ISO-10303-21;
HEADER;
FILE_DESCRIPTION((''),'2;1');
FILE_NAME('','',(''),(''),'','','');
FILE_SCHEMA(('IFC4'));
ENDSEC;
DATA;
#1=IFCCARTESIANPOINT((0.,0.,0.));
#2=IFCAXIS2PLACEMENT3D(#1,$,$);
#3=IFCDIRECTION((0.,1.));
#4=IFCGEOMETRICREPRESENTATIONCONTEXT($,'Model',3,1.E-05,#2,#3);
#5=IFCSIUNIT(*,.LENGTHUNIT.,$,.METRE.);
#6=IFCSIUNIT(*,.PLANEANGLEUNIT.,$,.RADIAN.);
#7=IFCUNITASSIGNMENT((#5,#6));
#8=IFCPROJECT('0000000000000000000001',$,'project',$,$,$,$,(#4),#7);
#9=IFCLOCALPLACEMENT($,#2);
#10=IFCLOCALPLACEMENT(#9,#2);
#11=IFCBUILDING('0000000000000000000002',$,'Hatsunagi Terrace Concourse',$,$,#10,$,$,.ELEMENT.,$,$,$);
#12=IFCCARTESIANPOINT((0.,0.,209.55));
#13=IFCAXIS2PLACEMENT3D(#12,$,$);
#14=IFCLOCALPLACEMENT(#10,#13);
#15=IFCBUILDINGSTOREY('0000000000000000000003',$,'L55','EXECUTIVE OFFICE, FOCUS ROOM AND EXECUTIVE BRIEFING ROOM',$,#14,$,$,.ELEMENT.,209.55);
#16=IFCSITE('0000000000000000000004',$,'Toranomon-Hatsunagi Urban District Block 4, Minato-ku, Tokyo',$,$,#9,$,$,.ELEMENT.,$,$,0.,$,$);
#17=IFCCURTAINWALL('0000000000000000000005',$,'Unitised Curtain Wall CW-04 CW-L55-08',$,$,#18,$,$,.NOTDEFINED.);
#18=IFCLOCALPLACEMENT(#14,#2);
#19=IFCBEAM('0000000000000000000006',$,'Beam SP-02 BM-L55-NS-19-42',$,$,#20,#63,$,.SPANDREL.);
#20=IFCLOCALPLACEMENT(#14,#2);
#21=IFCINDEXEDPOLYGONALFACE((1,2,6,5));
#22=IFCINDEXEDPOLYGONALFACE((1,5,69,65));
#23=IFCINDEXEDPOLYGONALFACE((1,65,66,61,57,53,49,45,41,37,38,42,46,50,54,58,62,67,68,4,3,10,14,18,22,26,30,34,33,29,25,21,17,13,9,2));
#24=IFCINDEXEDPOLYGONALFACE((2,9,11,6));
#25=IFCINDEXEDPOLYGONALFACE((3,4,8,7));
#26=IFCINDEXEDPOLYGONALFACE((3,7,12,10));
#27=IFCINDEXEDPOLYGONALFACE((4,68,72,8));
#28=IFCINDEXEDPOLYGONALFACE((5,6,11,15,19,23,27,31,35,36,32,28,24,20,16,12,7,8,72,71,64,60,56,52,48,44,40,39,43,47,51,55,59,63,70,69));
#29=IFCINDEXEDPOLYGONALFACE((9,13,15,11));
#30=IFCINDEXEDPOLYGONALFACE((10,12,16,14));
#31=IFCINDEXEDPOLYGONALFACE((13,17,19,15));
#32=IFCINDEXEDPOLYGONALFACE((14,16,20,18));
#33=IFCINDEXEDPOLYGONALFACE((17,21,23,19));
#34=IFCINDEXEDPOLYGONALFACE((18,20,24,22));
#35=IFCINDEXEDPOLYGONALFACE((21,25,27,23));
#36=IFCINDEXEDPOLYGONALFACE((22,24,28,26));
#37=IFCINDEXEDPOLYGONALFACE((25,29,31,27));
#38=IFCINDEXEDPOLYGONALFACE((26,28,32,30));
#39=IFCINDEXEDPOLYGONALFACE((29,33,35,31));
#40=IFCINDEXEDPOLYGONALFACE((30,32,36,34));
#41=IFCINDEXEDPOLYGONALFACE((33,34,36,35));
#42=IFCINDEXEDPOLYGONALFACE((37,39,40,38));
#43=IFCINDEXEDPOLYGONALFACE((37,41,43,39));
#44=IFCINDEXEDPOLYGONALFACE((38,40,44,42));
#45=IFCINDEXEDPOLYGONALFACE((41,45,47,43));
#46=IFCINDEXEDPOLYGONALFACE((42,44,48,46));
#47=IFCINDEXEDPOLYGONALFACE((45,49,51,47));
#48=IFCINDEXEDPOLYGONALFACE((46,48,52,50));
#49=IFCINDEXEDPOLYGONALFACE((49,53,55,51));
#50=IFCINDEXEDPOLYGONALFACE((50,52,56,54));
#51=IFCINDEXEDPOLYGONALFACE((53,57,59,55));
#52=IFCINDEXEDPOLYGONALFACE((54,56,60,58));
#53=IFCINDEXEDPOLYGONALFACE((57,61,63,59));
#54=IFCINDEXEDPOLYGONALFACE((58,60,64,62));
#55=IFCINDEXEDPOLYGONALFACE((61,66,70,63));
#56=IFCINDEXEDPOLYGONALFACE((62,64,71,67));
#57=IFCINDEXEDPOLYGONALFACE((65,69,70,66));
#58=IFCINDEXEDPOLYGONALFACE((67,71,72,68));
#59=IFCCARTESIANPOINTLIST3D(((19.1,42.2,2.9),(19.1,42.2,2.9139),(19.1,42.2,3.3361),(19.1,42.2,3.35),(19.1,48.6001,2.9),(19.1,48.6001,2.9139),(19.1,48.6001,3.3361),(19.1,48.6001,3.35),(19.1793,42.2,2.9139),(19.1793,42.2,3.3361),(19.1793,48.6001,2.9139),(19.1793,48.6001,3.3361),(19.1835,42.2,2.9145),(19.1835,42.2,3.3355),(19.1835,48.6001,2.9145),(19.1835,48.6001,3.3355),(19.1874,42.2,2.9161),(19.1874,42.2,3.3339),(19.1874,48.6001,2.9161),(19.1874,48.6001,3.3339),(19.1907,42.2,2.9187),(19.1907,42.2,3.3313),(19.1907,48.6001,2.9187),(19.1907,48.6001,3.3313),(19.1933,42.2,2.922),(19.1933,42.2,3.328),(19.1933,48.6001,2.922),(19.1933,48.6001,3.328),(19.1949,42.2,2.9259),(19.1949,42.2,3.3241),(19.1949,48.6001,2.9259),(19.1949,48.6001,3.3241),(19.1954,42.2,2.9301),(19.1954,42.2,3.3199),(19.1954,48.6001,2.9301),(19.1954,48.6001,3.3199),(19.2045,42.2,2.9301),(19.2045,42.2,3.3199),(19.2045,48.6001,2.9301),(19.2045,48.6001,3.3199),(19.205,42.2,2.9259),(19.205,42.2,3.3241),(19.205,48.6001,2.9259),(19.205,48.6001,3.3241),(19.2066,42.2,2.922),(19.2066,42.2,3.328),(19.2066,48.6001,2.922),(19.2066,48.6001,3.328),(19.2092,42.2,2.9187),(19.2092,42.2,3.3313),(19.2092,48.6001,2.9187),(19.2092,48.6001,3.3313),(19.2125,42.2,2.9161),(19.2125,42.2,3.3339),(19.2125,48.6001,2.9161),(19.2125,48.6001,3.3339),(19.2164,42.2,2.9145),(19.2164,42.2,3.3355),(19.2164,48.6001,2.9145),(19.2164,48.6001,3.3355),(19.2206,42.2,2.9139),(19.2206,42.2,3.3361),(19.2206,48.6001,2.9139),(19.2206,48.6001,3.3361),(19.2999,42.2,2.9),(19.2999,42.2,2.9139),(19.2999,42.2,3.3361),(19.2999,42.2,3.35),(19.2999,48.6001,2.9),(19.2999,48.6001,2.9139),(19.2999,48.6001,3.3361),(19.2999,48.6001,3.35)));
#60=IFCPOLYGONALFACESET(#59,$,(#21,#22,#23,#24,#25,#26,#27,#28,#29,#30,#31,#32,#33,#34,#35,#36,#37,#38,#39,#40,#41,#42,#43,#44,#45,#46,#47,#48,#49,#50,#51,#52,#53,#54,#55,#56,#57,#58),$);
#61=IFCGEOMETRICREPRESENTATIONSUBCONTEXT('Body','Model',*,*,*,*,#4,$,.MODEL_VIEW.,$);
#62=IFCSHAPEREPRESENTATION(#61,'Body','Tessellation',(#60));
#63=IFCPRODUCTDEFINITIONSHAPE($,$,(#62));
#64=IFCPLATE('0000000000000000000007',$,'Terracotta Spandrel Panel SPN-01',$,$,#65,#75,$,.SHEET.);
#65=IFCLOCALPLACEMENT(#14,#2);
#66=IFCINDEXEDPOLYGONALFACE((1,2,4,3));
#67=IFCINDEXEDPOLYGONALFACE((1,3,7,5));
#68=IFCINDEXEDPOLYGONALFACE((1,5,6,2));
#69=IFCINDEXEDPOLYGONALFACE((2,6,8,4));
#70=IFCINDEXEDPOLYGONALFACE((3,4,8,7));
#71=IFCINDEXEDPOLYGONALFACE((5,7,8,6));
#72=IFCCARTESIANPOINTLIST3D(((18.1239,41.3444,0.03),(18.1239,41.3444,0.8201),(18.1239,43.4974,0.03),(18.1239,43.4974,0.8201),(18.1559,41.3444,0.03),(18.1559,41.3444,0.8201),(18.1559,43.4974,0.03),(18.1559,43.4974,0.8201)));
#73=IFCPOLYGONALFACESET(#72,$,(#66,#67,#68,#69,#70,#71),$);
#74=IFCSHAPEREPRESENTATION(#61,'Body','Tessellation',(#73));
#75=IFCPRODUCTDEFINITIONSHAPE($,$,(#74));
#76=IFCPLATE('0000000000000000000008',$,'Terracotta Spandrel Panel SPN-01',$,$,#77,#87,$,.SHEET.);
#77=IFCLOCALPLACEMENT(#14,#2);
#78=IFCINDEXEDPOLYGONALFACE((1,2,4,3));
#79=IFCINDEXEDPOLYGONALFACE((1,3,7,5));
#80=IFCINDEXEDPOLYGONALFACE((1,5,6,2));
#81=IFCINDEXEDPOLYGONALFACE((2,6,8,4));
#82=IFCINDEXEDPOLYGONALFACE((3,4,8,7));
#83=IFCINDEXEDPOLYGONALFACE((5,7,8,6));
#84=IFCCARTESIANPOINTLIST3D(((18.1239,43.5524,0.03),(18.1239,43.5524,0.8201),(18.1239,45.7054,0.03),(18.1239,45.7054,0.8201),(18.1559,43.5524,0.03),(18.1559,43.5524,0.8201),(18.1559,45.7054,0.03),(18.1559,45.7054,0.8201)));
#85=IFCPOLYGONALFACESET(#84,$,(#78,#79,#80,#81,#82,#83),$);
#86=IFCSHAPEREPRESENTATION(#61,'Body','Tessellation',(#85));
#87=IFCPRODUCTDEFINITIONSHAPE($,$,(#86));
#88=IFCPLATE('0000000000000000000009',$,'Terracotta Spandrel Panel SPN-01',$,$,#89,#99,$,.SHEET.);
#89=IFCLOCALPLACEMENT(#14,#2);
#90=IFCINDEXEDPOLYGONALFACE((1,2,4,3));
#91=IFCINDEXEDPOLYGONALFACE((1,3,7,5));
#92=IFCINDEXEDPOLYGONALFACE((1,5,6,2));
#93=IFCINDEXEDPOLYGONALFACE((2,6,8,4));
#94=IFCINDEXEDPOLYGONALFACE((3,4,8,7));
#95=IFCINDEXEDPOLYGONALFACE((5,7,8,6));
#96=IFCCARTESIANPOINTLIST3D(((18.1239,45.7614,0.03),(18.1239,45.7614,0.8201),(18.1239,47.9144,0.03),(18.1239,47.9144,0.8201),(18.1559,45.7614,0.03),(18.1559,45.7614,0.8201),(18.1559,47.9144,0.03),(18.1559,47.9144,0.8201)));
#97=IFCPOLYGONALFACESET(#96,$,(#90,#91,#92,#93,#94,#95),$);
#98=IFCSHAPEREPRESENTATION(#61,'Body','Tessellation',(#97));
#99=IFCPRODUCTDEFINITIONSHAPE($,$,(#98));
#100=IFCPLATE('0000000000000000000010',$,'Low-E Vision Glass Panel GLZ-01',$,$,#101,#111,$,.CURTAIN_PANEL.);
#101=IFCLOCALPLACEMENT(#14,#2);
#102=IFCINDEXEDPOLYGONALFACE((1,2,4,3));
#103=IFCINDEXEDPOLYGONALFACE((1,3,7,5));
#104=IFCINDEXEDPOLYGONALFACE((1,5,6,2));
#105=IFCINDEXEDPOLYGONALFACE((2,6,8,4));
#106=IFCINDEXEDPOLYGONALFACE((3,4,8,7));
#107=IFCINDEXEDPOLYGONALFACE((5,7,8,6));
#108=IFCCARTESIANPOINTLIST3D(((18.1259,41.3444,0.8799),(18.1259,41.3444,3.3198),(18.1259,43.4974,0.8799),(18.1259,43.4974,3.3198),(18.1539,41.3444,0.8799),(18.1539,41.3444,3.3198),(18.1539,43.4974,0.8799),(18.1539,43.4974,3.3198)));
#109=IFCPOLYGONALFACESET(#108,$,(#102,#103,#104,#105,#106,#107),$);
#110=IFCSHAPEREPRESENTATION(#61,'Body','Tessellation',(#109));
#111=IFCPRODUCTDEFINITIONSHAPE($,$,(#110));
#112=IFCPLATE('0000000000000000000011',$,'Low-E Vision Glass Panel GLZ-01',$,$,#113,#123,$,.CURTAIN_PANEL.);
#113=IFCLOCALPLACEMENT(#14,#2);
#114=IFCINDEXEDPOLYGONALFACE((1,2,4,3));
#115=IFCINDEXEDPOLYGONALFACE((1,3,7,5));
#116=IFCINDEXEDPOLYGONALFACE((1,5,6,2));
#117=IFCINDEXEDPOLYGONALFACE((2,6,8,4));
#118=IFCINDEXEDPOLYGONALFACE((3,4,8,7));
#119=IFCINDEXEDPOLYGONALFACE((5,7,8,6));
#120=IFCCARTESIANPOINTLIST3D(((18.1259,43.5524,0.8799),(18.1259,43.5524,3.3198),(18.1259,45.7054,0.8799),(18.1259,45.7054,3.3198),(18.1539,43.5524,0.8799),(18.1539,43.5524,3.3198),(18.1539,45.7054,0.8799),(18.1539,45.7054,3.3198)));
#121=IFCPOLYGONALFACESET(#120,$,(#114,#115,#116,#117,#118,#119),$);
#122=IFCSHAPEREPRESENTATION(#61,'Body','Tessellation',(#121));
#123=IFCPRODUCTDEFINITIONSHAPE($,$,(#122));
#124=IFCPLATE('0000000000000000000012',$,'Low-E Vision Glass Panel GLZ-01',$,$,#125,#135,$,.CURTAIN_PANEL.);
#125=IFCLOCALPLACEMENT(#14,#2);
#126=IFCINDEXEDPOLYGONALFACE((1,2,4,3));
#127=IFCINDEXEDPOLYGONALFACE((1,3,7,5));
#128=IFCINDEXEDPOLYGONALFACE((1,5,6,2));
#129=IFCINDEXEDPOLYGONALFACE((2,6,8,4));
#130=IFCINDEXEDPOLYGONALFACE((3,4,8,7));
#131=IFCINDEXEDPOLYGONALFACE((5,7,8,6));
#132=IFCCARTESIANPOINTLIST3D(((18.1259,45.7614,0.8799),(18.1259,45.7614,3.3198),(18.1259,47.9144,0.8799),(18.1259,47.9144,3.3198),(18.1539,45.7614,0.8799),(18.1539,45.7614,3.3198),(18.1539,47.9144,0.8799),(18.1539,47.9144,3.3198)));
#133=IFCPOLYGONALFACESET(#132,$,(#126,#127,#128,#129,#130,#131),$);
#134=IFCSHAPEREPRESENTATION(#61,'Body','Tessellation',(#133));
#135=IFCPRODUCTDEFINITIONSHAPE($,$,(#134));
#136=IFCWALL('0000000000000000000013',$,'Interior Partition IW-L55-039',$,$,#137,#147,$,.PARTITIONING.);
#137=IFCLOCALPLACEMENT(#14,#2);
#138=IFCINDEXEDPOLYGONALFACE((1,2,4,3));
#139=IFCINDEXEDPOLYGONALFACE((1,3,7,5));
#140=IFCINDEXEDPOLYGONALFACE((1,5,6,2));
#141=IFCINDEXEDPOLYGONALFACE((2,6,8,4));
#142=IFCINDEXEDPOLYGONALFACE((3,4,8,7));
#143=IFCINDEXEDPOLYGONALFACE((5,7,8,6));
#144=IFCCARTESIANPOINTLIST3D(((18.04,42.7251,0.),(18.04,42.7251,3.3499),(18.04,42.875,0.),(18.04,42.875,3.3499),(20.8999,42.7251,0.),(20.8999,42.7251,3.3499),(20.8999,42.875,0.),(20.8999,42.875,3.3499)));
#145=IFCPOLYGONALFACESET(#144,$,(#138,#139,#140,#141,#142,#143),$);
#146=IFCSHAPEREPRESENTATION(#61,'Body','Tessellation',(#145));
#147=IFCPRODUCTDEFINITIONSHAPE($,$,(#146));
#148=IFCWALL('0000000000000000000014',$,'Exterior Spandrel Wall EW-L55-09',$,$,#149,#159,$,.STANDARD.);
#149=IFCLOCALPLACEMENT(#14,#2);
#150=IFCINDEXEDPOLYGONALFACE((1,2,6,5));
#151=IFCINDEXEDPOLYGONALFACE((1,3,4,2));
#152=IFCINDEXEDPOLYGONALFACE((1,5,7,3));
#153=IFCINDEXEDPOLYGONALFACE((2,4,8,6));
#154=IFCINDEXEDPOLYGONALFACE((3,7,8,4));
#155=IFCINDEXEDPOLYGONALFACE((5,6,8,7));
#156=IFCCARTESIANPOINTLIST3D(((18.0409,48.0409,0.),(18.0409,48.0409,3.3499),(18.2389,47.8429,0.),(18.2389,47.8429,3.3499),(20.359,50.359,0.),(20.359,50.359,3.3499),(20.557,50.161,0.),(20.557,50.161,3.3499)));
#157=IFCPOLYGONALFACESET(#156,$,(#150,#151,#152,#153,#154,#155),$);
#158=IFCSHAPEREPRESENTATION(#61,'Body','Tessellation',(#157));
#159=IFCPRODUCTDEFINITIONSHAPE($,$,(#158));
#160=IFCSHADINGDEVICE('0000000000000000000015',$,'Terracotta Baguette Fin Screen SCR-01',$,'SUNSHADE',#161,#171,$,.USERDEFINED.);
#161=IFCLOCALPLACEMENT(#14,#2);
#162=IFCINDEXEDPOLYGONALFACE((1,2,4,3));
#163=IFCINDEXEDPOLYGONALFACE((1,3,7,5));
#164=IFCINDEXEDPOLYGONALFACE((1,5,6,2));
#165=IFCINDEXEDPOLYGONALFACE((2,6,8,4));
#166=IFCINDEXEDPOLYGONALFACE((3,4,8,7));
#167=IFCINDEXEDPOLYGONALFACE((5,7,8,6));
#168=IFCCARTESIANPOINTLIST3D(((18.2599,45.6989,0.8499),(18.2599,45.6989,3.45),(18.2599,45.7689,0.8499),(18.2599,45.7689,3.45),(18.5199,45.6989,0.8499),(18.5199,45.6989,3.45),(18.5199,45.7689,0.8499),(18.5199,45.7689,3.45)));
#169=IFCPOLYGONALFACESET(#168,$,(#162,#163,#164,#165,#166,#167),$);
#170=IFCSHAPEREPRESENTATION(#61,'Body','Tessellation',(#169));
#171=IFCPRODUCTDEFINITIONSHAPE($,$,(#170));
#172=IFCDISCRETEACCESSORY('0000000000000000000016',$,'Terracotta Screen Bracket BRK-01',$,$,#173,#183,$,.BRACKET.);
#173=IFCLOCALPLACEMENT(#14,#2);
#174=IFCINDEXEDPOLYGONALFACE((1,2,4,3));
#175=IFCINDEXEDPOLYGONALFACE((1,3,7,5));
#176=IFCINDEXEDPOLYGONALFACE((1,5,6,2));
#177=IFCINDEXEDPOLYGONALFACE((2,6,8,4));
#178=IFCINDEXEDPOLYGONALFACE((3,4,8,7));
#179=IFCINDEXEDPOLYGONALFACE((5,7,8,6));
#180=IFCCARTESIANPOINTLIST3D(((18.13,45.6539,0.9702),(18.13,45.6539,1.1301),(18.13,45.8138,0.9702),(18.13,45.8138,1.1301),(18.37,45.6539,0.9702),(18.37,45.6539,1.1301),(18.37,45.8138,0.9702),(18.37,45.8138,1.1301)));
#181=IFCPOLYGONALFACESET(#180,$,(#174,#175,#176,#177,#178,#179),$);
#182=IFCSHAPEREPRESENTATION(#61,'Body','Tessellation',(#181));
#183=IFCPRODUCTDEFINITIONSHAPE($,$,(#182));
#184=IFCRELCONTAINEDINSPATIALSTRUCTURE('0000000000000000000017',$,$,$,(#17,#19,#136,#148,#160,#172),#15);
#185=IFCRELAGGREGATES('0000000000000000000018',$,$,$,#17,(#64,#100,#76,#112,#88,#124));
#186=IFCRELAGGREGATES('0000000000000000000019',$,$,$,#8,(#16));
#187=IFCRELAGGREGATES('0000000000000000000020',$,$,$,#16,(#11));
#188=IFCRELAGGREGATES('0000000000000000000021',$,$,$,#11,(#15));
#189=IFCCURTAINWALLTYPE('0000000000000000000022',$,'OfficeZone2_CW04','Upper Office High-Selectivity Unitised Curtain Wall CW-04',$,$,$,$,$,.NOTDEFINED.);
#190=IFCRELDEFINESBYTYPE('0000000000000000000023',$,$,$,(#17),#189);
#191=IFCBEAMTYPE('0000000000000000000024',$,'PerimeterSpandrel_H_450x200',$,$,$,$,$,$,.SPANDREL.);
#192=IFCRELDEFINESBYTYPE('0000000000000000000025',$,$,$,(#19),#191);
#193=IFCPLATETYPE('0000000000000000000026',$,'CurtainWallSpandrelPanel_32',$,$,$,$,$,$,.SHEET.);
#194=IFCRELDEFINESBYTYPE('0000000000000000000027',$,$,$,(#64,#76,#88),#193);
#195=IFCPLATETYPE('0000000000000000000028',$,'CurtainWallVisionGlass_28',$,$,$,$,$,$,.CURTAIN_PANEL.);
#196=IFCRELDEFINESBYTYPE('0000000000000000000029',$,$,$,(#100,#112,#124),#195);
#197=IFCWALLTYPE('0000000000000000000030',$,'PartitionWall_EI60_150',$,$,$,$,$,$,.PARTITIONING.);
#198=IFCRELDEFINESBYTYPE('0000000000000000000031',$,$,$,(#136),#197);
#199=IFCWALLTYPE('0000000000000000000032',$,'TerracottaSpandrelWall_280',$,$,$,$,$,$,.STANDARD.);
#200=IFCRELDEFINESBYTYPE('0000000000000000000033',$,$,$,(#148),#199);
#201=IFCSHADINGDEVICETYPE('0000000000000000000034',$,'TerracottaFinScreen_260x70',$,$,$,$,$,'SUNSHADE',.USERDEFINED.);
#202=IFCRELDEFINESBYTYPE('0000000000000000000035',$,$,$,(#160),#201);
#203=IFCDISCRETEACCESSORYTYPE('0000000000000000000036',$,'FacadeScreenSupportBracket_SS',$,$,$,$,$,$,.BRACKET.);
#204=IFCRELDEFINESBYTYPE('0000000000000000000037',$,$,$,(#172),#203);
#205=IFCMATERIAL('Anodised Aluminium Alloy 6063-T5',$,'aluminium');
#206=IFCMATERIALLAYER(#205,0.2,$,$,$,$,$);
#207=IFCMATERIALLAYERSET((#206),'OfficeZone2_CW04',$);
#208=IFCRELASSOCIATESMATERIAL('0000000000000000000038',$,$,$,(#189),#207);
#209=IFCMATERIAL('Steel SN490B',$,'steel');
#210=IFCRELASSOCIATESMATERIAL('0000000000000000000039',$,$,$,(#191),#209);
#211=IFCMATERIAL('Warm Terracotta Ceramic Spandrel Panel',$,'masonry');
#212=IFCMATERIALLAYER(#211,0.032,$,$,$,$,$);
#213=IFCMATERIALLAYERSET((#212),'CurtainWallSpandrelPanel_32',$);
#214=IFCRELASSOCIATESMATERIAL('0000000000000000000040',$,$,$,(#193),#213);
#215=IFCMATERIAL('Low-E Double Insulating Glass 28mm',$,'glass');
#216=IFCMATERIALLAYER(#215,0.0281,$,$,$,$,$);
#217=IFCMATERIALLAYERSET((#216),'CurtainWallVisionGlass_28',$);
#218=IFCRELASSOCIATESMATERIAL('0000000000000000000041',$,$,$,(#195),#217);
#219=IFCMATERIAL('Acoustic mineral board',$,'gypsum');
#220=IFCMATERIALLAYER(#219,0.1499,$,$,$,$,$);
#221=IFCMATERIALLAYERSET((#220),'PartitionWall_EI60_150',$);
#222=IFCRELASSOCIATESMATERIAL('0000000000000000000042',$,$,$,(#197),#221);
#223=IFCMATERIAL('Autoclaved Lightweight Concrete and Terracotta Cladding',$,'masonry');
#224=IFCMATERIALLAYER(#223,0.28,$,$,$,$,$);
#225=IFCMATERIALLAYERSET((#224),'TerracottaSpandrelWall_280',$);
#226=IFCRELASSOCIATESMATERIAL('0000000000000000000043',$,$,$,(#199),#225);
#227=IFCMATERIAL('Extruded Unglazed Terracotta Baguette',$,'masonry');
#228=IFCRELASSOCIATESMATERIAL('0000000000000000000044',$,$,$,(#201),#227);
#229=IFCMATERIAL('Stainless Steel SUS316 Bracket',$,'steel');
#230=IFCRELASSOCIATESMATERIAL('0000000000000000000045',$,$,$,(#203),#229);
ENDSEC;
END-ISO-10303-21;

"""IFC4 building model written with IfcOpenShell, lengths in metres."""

from ifc_helpers import new_model, si_unit, direction, frame, frame_2d, origin, origin_2d, place, context, subcontext, project, spatial, rectangle, i_section, extrude, material, layer, layer_set, material_profile, profile_set, type_object, element, aggregate, save


model = new_model("IFC4")

# Units and contexts
model_context = context("Model", 3, precision=1e-05, world=origin(), true_north=direction((0.0, 1.0)))
body_context = subcontext(model_context, "Body", "Model", "MODEL_VIEW")
ifc_project = project(units=[si_unit("LENGTHUNIT", "METRE"), si_unit("PLANEANGLEUNIT", "RADIAN")], contexts=[model_context])

# Site, building, storey
site_placement = place(None, origin())
site = spatial("IfcSite", under=ifc_project, at=site_placement, Name="Toranomon-Hatsunagi Urban District Block 4, Minato-ku, Tokyo", CompositionType="ELEMENT", RefElevation=0.0)
building_placement = place(site_placement, origin())
building = spatial("IfcBuilding", under=site, at=building_placement, Name="Hatsunagi Terrace Concourse", CompositionType="ELEMENT")
storey_placement = place(building_placement, frame((0.0, 0.0, 209.55)))
storey = spatial("IfcBuildingStorey", under=building, at=storey_placement, Name="L55", Description="EXECUTIVE OFFICE, FOCUS ROOM AND EXECUTIVE BRIEFING ROOM", CompositionType="ELEMENT", Elevation=209.55)

# Curtain wall
ifc_material_1 = material(Name="Anodised Aluminium Alloy 6063-T5", Category="aluminium")
ifc_layer_1 = layer(ifc_material_1, 0.2)
ifc_layer_set_1 = layer_set([ifc_layer_1], Name="OfficeZone2_CW04")
curtain_wall_type = type_object("IfcCurtainWallType", Name="OfficeZone2_CW04", Description="Upper Office High-Selectivity Unitised Curtain Wall CW-04", PredefinedType="NOTDEFINED", material=ifc_layer_set_1)
curtain_wall_placement = place(storey_placement, origin())
curtain_wall = element("IfcCurtainWall", 1, at=curtain_wall_placement, inside=storey, type_object=curtain_wall_type, Name="Unitised Curtain Wall CW-04 CW-L55-08", PredefinedType="NOTDEFINED")

# Beam
ifc_material_2 = material(Name="Steel SN490B", Category="steel")
ifc_material_profile_1 = material_profile(ifc_material_2, i_section(OverallWidth=0.2, OverallDepth=0.45, WebThickness=0.009, FlangeThickness=0.0139, FilletRadius=0.0161, at=origin_2d()), Name="H-450x200x9x14")
ifc_profile_set_1 = profile_set([ifc_material_profile_1], Name="Steel SN490B")
beam_type = type_object("IfcBeamType", Name="PerimeterSpandrel_H_450x200", PredefinedType="SPANDREL", material=ifc_profile_set_1)
beam_1_placement = place(storey_placement, frame((19.2, 42.2, 3.125), z_axis=(0.0, 1.0, 0.0), x_axis=(-1.0, 0.0, 0.0)))
element("IfcBeam", 2, at=beam_1_placement, inside=storey, type_object=beam_type, Name="Beam SP-02 BM-L55-NS-19-42", PredefinedType="SPANDREL", context=body_context, shape_type="SweptSolid", body=[
    extrude(i_section(OverallWidth=0.2, OverallDepth=0.45, WebThickness=0.009, FlangeThickness=0.0139, FilletRadius=0.0161, at=origin_2d()), origin(), (0.0, 0.0, 1.0), 6.4001),
])

# Plates
ifc_material_3 = material(Name="Warm Terracotta Ceramic Spandrel Panel", Category="masonry")
ifc_layer_2 = layer(ifc_material_3, 0.032)
ifc_layer_set_2 = layer_set([ifc_layer_2], Name="CurtainWallSpandrelPanel_32")
plate_type_1 = type_object("IfcPlateType", Name="CurtainWallSpandrelPanel_32", PredefinedType="SHEET", material=ifc_layer_set_2)
plate_1_placement = place(storey_placement, frame((18.1399, 42.4209, 0.03), z_axis=(0.0, 0.0, 1.0), x_axis=(0.0, 1.0, 0.0)))
plate_1 = element("IfcPlate", 3, at=plate_1_placement, type_object=plate_type_1, Name="Terracotta Spandrel Panel SPN-01", PredefinedType="SHEET", context=body_context, shape_type="SweptSolid", body=[
    extrude(rectangle(XDim=2.1531, YDim=0.032, at=origin_2d()), origin(), (0.0, 0.0, 1.0), 0.79),
])
plate_2_placement = place(storey_placement, frame((18.1399, 44.6289, 0.03), z_axis=(0.0, 0.0, 1.0), x_axis=(0.0, 1.0, 0.0)))
plate_2 = element("IfcPlate", 4, at=plate_2_placement, type_object=plate_type_1, Name="Terracotta Spandrel Panel SPN-01", PredefinedType="SHEET", context=body_context, shape_type="SweptSolid", body=[
    extrude(rectangle(XDim=2.1531, YDim=0.032, at=origin_2d()), origin(), (0.0, 0.0, 1.0), 0.79),
])
plate_3_placement = place(storey_placement, frame((18.1399, 46.8379, 0.03), z_axis=(0.0, 0.0, 1.0), x_axis=(0.0, 1.0, 0.0)))
plate_3 = element("IfcPlate", 5, at=plate_3_placement, type_object=plate_type_1, Name="Terracotta Spandrel Panel SPN-01", PredefinedType="SHEET", context=body_context, shape_type="SweptSolid", body=[
    extrude(rectangle(XDim=2.1531, YDim=0.032, at=origin_2d()), origin(), (0.0, 0.0, 1.0), 0.79),
])
ifc_material_4 = material(Name="Low-E Double Insulating Glass 28mm", Category="glass")
ifc_layer_3 = layer(ifc_material_4, 0.0281)
ifc_layer_set_3 = layer_set([ifc_layer_3], Name="CurtainWallVisionGlass_28")
plate_type_2 = type_object("IfcPlateType", Name="CurtainWallVisionGlass_28", PredefinedType="CURTAIN_PANEL", material=ifc_layer_set_3)
plate_4_placement = place(storey_placement, frame((18.1399, 42.4209, 0.8799), z_axis=(0.0, 0.0, 1.0), x_axis=(0.0, 1.0, 0.0)))
plate_4 = element("IfcPlate", 6, at=plate_4_placement, type_object=plate_type_2, Name="Low-E Vision Glass Panel GLZ-01", PredefinedType="CURTAIN_PANEL", context=body_context, shape_type="SweptSolid", body=[
    extrude(rectangle(XDim=2.1531, YDim=0.0281, at=origin_2d()), origin(), (0.0, 0.0, 1.0), 2.4399),
])
plate_5_placement = place(storey_placement, frame((18.1399, 44.6289, 0.8799), z_axis=(0.0, 0.0, 1.0), x_axis=(0.0, 1.0, 0.0)))
plate_5 = element("IfcPlate", 7, at=plate_5_placement, type_object=plate_type_2, Name="Low-E Vision Glass Panel GLZ-01", PredefinedType="CURTAIN_PANEL", context=body_context, shape_type="SweptSolid", body=[
    extrude(rectangle(XDim=2.1531, YDim=0.0281, at=origin_2d()), origin(), (0.0, 0.0, 1.0), 2.4399),
])
plate_6_placement = place(storey_placement, frame((18.1399, 46.8379, 0.8799), z_axis=(0.0, 0.0, 1.0), x_axis=(0.0, 1.0, 0.0)))
plate_6 = element("IfcPlate", 8, at=plate_6_placement, type_object=plate_type_2, Name="Low-E Vision Glass Panel GLZ-01", PredefinedType="CURTAIN_PANEL", context=body_context, shape_type="SweptSolid", body=[
    extrude(rectangle(XDim=2.1531, YDim=0.0281, at=origin_2d()), origin(), (0.0, 0.0, 1.0), 2.4399),
])
aggregate(curtain_wall, [plate_1, plate_4, plate_2, plate_5, plate_3, plate_6])

# Walls
ifc_material_5 = material(Name="Acoustic mineral board", Category="gypsum")
ifc_layer_4 = layer(ifc_material_5, 0.1499)
ifc_layer_set_4 = layer_set([ifc_layer_4], Name="PartitionWall_EI60_150")
wall_type_1 = type_object("IfcWallType", Name="PartitionWall_EI60_150", PredefinedType="PARTITIONING", material=ifc_layer_set_4)
wall_1_placement = place(storey_placement, frame((18.04, 42.8, 0.0), z_axis=(0.0, 0.0, 1.0), x_axis=(1.0, 0.0, 0.0)))
element("IfcWall", 9, at=wall_1_placement, inside=storey, type_object=wall_type_1, Name="Interior Partition IW-L55-039", PredefinedType="PARTITIONING", context=body_context, shape_type="SweptSolid", body=[
    extrude(rectangle(XDim=2.8599, YDim=0.1499, at=frame_2d((1.4299, 0.0))), origin(), (0.0, 0.0, 1.0), 3.3499),
])
ifc_material_6 = material(Name="Autoclaved Lightweight Concrete and Terracotta Cladding", Category="masonry")
ifc_layer_5 = layer(ifc_material_6, 0.28)
ifc_layer_set_5 = layer_set([ifc_layer_5], Name="TerracottaSpandrelWall_280")
wall_type_2 = type_object("IfcWallType", Name="TerracottaSpandrelWall_280", PredefinedType="STANDARD", material=ifc_layer_set_5)
wall_2_placement = place(storey_placement, frame((18.1399, 47.9419, 0.0), z_axis=(0.0, 0.0, 1.0), x_axis=(0.707107, 0.707107, 0.0)))
element("IfcWall", 10, at=wall_2_placement, inside=storey, type_object=wall_type_2, Name="Exterior Spandrel Wall EW-L55-09", PredefinedType="STANDARD", context=body_context, shape_type="SweptSolid", body=[
    extrude(rectangle(XDim=3.2783, YDim=0.28, at=frame_2d((1.6392, 0.0))), origin(), (0.0, 0.0, 1.0), 3.3499),
])

# Shading device
ifc_material_7 = material(Name="Extruded Unglazed Terracotta Baguette", Category="masonry")
shading_device_type = type_object("IfcShadingDeviceType", Name="TerracottaFinScreen_260x70", ElementType="SUNSHADE", PredefinedType="USERDEFINED", material=ifc_material_7)
shading_device_placement = place(storey_placement, frame((18.3899, 45.7339, 0.8499), z_axis=(0.0, 0.0, 1.0), x_axis=(0.0, 1.0, 0.0)))
element("IfcShadingDevice", 11, at=shading_device_placement, inside=storey, type_object=shading_device_type, Name="Terracotta Baguette Fin Screen SCR-01", ObjectType="SUNSHADE", PredefinedType="USERDEFINED", context=body_context, shape_type="SweptSolid", body=[
    extrude(rectangle(XDim=0.0701, YDim=0.26, at=origin_2d()), origin(), (0.0, 0.0, 1.0), 2.6001),
])

# Discrete accessory
ifc_material_8 = material(Name="Stainless Steel SUS316 Bracket", Category="steel")
discrete_accessory_type = type_object("IfcDiscreteAccessoryType", Name="FacadeScreenSupportBracket_SS", PredefinedType="BRACKET", material=ifc_material_8)
discrete_accessory_placement = place(storey_placement, frame((18.25, 45.7339, 0.9702), z_axis=(0.0, 0.0, 1.0), x_axis=(0.0, 1.0, 0.0)))
element("IfcDiscreteAccessory", 12, at=discrete_accessory_placement, inside=storey, type_object=discrete_accessory_type, Name="Terracotta Screen Bracket BRK-01", PredefinedType="BRACKET", context=body_context, shape_type="SweptSolid", body=[
    extrude(rectangle(XDim=0.1599, YDim=0.24, at=origin_2d()), origin(), (0.0, 0.0, 1.0), 0.1599),
])

save(model, "model.ifc")
